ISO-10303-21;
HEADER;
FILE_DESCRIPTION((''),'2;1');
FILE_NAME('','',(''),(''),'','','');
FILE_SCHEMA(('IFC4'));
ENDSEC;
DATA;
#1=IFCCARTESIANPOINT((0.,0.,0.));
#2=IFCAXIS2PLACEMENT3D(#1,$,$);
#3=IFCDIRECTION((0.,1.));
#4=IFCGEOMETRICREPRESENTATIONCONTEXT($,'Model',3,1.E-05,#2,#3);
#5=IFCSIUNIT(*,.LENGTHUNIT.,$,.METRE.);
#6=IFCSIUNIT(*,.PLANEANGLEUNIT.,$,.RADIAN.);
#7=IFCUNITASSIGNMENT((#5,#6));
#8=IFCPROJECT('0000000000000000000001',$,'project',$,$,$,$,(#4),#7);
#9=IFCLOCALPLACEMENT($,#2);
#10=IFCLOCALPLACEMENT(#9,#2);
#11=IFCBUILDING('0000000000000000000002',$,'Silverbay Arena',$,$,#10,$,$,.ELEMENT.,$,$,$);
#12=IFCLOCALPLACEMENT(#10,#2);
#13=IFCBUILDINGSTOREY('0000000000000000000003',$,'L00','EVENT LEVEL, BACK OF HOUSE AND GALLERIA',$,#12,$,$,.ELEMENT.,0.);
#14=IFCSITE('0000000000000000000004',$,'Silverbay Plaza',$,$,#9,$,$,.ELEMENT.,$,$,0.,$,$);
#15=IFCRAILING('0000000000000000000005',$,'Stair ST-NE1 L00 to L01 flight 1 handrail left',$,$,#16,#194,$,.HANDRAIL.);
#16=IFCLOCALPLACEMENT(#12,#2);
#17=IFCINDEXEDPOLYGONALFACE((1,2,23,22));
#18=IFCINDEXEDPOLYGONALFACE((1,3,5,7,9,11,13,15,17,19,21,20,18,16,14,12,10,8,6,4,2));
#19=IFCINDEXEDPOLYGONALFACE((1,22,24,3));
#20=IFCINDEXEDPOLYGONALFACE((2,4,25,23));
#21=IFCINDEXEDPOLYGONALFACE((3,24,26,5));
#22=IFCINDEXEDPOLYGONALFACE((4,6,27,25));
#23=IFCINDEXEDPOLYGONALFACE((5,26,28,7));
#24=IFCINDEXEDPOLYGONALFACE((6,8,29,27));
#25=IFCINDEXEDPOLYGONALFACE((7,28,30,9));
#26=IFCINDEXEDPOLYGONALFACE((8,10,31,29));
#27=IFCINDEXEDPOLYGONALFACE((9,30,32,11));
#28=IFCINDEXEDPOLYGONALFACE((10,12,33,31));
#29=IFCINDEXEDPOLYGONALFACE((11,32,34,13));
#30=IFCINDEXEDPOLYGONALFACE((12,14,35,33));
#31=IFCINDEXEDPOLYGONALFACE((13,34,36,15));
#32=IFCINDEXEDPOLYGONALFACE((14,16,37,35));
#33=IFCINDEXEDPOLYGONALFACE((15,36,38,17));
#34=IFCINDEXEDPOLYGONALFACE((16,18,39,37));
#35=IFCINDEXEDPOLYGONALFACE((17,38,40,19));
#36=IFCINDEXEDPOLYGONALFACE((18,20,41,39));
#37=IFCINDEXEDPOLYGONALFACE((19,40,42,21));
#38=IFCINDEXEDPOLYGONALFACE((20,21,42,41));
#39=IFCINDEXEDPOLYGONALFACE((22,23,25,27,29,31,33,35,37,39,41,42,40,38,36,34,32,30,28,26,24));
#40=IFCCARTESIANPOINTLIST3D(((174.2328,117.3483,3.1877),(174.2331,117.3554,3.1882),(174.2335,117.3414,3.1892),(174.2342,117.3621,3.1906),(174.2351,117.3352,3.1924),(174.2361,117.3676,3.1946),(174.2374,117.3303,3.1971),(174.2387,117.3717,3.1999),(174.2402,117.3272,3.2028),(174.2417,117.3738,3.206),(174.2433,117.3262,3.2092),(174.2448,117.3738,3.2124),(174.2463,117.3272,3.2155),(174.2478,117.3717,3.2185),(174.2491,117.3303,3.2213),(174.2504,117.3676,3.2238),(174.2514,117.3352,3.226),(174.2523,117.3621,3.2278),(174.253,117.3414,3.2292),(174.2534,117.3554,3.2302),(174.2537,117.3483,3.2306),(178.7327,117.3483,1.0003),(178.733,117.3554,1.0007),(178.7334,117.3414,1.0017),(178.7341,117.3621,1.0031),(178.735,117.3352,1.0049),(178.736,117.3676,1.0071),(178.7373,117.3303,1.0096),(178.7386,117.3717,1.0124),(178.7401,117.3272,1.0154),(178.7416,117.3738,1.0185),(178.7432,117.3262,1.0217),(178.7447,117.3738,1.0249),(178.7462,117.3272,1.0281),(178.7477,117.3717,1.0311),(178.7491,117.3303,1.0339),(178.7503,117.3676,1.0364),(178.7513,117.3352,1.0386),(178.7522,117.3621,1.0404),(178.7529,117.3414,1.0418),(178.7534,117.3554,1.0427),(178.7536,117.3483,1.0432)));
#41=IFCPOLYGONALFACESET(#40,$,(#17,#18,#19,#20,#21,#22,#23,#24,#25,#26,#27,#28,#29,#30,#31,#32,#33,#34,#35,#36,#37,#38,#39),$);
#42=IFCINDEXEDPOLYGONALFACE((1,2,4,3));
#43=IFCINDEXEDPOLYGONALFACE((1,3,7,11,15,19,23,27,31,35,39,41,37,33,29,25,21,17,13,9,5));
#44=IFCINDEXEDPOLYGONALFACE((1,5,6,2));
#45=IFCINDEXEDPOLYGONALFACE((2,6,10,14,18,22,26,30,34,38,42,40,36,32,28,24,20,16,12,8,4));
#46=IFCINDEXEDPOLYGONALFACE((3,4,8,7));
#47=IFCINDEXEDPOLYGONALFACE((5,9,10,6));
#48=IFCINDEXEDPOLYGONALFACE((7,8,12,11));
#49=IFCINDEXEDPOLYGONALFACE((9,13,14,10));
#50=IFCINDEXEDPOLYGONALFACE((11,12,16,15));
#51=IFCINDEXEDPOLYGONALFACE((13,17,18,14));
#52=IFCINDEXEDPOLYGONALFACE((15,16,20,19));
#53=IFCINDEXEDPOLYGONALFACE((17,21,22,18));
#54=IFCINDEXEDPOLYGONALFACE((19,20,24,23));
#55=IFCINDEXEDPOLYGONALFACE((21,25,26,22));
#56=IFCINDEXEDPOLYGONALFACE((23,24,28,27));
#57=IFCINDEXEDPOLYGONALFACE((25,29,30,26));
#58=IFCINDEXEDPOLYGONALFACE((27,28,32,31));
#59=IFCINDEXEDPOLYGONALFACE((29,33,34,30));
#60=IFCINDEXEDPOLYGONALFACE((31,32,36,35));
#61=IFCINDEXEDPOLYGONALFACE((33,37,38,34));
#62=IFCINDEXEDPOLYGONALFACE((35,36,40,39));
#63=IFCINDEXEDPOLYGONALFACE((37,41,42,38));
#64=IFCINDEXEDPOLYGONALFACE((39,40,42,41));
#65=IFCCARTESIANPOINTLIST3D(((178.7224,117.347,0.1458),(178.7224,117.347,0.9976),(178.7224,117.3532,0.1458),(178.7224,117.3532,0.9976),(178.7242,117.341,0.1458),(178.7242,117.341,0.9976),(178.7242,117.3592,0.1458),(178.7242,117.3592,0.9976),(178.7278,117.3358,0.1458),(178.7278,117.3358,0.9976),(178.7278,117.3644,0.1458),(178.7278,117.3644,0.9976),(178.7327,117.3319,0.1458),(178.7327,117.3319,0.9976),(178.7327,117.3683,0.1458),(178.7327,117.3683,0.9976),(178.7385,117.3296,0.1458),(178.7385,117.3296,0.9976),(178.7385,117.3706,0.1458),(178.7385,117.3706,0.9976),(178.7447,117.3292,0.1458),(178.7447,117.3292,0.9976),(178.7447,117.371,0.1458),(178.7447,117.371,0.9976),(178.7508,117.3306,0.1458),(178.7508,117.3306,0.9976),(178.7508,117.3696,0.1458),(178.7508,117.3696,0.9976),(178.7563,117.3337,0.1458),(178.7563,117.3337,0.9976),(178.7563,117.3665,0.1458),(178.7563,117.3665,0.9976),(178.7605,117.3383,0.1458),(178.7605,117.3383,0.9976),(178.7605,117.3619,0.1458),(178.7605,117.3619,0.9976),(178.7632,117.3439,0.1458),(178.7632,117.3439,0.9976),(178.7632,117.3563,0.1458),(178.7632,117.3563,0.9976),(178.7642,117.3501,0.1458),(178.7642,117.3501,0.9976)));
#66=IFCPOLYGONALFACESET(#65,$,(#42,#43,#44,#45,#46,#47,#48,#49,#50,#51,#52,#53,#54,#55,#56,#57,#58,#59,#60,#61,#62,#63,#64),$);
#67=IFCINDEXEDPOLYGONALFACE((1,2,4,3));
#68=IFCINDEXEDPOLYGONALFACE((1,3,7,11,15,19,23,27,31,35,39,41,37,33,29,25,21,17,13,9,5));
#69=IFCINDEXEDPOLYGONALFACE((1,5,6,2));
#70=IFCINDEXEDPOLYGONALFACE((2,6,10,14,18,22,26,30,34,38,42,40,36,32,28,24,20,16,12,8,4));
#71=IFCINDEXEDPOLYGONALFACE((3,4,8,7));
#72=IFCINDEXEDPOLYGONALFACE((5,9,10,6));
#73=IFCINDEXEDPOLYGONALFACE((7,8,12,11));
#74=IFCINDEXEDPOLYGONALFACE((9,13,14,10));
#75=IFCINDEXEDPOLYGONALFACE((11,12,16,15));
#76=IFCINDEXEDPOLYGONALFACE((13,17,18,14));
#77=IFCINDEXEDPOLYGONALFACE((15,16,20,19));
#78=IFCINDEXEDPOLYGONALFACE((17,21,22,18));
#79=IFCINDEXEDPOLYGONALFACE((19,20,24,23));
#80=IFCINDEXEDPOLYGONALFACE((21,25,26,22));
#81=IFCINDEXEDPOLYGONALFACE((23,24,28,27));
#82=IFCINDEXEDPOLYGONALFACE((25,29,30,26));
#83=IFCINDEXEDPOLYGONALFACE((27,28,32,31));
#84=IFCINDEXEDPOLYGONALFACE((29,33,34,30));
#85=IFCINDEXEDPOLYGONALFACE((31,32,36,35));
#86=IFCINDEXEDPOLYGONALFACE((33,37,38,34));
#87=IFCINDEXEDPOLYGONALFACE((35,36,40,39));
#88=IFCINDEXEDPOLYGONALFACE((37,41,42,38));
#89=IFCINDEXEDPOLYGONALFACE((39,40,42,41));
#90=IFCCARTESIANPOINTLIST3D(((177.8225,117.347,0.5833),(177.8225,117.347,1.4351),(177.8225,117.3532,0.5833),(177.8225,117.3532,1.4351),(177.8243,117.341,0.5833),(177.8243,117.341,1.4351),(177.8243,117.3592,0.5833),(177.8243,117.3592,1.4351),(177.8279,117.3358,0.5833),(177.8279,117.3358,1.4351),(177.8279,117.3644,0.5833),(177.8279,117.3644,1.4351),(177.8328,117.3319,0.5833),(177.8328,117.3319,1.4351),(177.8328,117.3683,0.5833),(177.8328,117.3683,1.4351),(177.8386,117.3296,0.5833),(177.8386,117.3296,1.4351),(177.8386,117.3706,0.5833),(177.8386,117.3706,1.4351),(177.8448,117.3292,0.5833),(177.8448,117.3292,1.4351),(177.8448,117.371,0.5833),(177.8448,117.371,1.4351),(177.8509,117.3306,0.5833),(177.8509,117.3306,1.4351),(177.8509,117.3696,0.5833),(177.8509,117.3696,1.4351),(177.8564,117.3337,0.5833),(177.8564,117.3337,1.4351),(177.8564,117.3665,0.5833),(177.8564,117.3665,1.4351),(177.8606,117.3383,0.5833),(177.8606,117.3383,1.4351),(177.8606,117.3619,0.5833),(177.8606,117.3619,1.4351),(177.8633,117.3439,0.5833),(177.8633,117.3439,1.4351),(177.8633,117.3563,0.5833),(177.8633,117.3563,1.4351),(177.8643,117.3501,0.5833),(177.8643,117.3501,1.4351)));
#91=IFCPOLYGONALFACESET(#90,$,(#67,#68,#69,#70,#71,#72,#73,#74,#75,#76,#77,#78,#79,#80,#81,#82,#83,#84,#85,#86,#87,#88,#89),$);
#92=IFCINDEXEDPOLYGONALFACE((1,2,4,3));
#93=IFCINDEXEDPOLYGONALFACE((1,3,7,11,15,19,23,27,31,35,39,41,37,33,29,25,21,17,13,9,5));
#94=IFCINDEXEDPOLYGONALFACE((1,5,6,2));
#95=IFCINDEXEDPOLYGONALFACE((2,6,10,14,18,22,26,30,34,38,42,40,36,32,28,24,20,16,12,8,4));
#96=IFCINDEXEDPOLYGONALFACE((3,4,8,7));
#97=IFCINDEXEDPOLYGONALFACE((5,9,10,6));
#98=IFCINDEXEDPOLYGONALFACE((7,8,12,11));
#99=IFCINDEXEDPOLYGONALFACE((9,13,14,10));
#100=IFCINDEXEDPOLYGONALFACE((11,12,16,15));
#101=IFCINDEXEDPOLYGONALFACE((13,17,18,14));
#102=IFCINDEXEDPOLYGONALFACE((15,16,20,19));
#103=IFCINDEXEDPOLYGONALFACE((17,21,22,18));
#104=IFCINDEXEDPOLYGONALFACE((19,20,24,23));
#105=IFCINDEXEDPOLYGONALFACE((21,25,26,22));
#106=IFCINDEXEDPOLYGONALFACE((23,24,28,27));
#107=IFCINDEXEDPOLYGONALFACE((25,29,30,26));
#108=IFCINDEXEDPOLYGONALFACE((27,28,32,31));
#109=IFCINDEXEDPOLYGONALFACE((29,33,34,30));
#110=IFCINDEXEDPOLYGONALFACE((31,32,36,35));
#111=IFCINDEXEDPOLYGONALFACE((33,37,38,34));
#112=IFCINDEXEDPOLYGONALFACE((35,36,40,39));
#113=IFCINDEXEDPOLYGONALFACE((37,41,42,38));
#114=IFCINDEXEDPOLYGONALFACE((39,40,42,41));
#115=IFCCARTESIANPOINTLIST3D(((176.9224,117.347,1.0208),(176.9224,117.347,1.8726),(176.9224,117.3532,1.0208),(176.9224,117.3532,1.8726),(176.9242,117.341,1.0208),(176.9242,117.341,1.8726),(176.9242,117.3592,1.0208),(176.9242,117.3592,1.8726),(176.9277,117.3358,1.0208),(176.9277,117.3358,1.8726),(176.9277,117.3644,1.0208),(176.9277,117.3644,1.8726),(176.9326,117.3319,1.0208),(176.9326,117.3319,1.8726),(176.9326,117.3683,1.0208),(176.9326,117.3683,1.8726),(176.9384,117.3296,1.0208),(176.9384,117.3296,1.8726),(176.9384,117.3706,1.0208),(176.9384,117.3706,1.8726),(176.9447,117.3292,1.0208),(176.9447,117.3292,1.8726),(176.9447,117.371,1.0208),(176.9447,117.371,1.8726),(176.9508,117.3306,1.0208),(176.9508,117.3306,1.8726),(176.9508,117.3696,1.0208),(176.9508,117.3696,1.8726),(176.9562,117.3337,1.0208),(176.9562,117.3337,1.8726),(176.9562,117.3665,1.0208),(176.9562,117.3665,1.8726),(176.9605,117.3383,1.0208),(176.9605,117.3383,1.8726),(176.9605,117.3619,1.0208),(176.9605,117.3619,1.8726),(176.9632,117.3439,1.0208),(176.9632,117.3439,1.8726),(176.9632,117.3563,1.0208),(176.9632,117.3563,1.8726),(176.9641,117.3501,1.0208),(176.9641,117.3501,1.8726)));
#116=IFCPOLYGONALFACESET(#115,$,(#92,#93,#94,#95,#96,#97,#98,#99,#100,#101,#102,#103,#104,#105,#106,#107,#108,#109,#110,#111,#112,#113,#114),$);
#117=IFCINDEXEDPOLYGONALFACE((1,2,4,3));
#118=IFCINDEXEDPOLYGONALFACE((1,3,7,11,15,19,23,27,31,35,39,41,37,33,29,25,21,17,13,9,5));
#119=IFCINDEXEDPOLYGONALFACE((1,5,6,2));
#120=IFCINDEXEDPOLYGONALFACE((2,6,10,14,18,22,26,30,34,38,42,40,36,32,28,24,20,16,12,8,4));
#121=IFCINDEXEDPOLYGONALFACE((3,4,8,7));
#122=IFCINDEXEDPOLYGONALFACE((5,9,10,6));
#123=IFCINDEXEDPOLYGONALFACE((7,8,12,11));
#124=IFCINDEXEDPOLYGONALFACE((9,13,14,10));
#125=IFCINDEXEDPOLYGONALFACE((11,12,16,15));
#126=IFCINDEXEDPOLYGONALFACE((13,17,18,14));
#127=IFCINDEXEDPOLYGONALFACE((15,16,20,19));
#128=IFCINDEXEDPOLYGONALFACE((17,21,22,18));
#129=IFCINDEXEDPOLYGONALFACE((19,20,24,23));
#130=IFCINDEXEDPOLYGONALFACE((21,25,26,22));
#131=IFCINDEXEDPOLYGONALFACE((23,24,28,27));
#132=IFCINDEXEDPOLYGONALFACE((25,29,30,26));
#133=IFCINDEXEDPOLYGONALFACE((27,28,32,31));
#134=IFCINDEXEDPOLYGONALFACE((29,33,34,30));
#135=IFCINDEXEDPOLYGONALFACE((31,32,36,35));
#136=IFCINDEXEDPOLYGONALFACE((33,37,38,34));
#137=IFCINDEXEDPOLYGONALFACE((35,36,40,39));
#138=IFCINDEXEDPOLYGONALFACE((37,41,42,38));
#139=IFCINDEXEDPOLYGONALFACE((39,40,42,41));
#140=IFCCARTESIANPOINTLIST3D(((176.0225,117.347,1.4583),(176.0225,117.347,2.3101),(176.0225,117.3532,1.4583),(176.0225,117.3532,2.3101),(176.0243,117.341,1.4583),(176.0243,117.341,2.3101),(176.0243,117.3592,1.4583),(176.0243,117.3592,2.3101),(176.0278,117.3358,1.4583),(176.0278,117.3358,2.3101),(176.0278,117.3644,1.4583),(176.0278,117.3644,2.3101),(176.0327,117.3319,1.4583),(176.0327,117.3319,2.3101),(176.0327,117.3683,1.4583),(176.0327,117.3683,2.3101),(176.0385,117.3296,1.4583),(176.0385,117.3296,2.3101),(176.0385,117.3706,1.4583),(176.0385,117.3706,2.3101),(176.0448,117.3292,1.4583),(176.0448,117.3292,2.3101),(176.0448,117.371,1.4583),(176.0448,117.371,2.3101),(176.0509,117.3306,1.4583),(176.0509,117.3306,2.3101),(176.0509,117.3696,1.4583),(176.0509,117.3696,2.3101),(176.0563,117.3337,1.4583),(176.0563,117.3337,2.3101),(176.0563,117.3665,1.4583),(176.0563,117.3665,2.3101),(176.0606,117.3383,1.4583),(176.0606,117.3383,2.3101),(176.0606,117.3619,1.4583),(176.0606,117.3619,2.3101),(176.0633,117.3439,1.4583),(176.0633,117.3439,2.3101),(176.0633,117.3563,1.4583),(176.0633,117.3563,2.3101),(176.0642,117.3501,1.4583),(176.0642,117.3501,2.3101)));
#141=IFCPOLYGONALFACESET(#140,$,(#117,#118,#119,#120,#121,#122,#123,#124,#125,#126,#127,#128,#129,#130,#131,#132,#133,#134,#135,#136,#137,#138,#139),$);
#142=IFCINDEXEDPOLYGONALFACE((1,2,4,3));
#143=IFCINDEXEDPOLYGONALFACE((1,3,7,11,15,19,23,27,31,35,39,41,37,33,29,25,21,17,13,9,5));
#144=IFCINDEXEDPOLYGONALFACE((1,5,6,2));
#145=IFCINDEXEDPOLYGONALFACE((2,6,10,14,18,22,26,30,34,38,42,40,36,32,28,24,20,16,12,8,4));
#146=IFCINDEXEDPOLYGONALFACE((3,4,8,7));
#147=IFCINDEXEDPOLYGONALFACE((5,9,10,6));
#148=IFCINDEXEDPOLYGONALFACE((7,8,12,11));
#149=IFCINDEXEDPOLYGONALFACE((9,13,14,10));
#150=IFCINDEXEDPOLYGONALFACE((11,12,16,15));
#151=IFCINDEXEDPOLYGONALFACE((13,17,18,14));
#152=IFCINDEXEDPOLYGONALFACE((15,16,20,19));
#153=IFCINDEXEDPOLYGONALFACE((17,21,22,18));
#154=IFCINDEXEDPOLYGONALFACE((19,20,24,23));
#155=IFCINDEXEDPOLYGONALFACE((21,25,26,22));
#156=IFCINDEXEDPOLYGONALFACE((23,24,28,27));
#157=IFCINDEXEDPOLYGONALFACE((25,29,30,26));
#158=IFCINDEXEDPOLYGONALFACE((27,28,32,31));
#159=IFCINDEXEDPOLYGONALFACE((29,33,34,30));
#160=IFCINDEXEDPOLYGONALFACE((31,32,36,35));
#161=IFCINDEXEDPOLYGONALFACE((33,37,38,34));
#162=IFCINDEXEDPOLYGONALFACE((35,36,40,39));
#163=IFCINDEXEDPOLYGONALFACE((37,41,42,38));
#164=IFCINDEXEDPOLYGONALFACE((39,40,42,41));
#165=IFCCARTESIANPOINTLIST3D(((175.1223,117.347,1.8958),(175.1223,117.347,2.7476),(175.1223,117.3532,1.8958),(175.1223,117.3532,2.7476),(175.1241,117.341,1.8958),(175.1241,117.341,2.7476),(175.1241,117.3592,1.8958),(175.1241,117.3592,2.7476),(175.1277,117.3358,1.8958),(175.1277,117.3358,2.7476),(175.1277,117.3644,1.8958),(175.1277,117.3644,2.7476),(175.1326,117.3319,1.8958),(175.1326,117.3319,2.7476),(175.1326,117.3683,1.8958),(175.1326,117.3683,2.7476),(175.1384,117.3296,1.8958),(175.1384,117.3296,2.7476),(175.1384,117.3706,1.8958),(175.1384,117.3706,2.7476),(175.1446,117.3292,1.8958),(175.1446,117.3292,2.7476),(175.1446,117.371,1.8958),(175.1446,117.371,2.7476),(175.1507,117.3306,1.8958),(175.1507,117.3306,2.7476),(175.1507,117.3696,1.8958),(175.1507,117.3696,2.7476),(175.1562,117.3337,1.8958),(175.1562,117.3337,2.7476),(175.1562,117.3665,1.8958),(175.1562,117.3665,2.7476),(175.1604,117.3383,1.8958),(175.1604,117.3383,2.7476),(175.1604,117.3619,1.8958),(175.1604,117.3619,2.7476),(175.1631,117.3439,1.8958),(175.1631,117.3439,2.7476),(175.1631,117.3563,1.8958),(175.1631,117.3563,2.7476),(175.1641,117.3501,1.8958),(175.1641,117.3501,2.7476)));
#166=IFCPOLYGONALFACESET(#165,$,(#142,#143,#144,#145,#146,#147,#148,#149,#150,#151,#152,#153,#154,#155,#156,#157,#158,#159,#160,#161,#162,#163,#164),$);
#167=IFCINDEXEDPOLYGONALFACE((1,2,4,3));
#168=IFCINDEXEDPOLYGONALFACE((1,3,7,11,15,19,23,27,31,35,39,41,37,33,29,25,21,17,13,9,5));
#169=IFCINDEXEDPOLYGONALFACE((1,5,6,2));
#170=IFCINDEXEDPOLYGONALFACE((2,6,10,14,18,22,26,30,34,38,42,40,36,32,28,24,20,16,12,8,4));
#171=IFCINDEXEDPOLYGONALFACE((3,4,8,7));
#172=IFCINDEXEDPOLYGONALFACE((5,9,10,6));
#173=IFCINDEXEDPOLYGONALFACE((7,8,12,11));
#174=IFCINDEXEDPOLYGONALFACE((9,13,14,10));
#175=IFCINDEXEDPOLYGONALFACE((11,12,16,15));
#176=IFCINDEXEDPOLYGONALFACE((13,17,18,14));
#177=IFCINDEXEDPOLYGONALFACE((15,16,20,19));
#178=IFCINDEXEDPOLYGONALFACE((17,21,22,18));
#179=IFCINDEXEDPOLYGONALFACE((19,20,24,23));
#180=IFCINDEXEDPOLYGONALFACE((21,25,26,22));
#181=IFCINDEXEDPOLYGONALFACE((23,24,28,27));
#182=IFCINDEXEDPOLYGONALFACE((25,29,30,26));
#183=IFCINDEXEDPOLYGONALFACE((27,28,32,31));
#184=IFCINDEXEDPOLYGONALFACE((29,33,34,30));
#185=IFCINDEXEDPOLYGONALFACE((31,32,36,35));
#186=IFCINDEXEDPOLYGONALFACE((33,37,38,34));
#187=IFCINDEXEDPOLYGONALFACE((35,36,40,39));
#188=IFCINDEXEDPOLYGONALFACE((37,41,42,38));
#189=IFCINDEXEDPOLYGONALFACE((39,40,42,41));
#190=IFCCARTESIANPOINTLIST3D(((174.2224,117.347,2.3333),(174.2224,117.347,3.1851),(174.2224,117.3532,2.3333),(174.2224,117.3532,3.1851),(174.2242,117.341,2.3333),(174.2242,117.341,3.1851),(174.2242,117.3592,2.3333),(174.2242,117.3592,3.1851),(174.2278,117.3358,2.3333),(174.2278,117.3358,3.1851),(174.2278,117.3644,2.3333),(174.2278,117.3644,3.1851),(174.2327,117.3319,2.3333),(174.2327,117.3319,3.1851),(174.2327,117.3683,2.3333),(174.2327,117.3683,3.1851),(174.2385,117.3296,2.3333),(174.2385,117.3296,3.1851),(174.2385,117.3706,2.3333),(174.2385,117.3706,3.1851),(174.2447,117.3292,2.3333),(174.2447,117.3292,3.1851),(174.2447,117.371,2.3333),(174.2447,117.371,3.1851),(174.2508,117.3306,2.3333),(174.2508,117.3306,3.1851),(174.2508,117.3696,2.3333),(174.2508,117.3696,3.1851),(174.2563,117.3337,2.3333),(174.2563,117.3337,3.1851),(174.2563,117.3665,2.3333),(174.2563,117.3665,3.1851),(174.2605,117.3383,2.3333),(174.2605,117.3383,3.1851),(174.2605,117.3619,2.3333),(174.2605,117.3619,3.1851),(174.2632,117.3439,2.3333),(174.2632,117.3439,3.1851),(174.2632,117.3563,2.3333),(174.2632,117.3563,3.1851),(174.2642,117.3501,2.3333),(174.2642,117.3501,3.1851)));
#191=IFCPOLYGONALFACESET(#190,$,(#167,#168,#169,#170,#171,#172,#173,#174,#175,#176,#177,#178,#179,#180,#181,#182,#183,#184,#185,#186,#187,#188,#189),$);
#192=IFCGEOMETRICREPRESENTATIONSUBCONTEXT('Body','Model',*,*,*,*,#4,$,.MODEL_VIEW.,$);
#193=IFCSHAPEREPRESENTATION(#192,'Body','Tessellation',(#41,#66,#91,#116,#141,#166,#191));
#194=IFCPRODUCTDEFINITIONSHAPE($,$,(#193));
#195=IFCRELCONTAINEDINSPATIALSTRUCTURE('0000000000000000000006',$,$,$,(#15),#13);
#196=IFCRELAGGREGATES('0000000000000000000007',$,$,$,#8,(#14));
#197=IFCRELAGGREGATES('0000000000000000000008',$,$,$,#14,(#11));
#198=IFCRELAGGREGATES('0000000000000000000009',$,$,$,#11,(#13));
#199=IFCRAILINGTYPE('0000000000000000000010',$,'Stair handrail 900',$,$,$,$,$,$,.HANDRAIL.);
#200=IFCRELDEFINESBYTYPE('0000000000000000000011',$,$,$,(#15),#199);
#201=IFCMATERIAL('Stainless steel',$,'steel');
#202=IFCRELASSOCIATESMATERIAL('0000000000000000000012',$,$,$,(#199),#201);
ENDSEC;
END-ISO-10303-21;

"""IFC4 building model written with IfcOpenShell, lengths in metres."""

from ifc_helpers import new_model, si_unit, direction, frame, origin, origin_2d, place, context, subcontext, project, spatial, circle, extrude, material, type_object, element, save


model = new_model("IFC4")

# Units and contexts
model_context = context("Model", 3, precision=1e-05, world=origin(), true_north=direction((0.0, 1.0)))
body_context = subcontext(model_context, "Body", "Model", "MODEL_VIEW")
ifc_project = project(units=[si_unit("LENGTHUNIT", "METRE"), si_unit("PLANEANGLEUNIT", "RADIAN")], contexts=[model_context])

# Site, building, storey
site_placement = place(None, origin())
site = spatial("IfcSite", under=ifc_project, at=site_placement, Name="Silverbay Plaza", CompositionType="ELEMENT", RefElevation=0.0)
building_placement = place(site_placement, origin())
building = spatial("IfcBuilding", under=site, at=building_placement, Name="Silverbay Arena", CompositionType="ELEMENT")
storey_placement = place(building_placement, origin())
storey = spatial("IfcBuildingStorey", under=building, at=storey_placement, Name="L00", Description="EVENT LEVEL, BACK OF HOUSE AND GALLERIA", CompositionType="ELEMENT", Elevation=0.0)

# Railing
ifc_material_1 = material(Name="Stainless steel", Category="steel")
railing_type_1 = type_object("IfcRailingType", Name="Stair handrail 900", PredefinedType="HANDRAIL", material=ifc_material_1)
for number, where, name in (
    (1, (178.7432, 117.3501, 0.1458), "Stair ST-NE1 L00 to L01 flight 1 handrail left"),
):
    element("IfcRailing", number, at=place(storey_placement, frame(where)), inside=storey, type_object=railing_type_1, Name=name, PredefinedType="HANDRAIL", context=body_context, shape_type="SweptSolid", body=[
        extrude(circle(Radius=0.0239, at=origin_2d()), frame((0.0, 0.0, 0.876), z_axis=(-0.899368, 0.0, 0.437193), x_axis=(0.0, -1.0, 0.0)), (0.0, 0.0, 1.0), 5.0034),
        extrude(circle(Radius=0.021, at=origin_2d()), origin(), (0.0, 0.0, 1.0), 0.8518),
        extrude(circle(Radius=0.021, at=origin_2d()), frame((-0.8999, 0.0, 0.4375)), (0.0, 0.0, 1.0), 0.8518),
        extrude(circle(Radius=0.021, at=origin_2d()), frame((-1.8, 0.0, 0.875)), (0.0, 0.0, 1.0), 0.8518),
        extrude(circle(Radius=0.021, at=origin_2d()), frame((-2.7, 0.0, 1.3125)), (0.0, 0.0, 1.0), 0.8518),
        extrude(circle(Radius=0.021, at=origin_2d()), frame((-3.6001, 0.0, 1.75)), (0.0, 0.0, 1.0), 0.8518),
        extrude(circle(Radius=0.021, at=origin_2d()), frame((-4.5, 0.0, 2.1875)), (0.0, 0.0, 1.0), 0.8518),
    ])

save(model, "model.ifc")
